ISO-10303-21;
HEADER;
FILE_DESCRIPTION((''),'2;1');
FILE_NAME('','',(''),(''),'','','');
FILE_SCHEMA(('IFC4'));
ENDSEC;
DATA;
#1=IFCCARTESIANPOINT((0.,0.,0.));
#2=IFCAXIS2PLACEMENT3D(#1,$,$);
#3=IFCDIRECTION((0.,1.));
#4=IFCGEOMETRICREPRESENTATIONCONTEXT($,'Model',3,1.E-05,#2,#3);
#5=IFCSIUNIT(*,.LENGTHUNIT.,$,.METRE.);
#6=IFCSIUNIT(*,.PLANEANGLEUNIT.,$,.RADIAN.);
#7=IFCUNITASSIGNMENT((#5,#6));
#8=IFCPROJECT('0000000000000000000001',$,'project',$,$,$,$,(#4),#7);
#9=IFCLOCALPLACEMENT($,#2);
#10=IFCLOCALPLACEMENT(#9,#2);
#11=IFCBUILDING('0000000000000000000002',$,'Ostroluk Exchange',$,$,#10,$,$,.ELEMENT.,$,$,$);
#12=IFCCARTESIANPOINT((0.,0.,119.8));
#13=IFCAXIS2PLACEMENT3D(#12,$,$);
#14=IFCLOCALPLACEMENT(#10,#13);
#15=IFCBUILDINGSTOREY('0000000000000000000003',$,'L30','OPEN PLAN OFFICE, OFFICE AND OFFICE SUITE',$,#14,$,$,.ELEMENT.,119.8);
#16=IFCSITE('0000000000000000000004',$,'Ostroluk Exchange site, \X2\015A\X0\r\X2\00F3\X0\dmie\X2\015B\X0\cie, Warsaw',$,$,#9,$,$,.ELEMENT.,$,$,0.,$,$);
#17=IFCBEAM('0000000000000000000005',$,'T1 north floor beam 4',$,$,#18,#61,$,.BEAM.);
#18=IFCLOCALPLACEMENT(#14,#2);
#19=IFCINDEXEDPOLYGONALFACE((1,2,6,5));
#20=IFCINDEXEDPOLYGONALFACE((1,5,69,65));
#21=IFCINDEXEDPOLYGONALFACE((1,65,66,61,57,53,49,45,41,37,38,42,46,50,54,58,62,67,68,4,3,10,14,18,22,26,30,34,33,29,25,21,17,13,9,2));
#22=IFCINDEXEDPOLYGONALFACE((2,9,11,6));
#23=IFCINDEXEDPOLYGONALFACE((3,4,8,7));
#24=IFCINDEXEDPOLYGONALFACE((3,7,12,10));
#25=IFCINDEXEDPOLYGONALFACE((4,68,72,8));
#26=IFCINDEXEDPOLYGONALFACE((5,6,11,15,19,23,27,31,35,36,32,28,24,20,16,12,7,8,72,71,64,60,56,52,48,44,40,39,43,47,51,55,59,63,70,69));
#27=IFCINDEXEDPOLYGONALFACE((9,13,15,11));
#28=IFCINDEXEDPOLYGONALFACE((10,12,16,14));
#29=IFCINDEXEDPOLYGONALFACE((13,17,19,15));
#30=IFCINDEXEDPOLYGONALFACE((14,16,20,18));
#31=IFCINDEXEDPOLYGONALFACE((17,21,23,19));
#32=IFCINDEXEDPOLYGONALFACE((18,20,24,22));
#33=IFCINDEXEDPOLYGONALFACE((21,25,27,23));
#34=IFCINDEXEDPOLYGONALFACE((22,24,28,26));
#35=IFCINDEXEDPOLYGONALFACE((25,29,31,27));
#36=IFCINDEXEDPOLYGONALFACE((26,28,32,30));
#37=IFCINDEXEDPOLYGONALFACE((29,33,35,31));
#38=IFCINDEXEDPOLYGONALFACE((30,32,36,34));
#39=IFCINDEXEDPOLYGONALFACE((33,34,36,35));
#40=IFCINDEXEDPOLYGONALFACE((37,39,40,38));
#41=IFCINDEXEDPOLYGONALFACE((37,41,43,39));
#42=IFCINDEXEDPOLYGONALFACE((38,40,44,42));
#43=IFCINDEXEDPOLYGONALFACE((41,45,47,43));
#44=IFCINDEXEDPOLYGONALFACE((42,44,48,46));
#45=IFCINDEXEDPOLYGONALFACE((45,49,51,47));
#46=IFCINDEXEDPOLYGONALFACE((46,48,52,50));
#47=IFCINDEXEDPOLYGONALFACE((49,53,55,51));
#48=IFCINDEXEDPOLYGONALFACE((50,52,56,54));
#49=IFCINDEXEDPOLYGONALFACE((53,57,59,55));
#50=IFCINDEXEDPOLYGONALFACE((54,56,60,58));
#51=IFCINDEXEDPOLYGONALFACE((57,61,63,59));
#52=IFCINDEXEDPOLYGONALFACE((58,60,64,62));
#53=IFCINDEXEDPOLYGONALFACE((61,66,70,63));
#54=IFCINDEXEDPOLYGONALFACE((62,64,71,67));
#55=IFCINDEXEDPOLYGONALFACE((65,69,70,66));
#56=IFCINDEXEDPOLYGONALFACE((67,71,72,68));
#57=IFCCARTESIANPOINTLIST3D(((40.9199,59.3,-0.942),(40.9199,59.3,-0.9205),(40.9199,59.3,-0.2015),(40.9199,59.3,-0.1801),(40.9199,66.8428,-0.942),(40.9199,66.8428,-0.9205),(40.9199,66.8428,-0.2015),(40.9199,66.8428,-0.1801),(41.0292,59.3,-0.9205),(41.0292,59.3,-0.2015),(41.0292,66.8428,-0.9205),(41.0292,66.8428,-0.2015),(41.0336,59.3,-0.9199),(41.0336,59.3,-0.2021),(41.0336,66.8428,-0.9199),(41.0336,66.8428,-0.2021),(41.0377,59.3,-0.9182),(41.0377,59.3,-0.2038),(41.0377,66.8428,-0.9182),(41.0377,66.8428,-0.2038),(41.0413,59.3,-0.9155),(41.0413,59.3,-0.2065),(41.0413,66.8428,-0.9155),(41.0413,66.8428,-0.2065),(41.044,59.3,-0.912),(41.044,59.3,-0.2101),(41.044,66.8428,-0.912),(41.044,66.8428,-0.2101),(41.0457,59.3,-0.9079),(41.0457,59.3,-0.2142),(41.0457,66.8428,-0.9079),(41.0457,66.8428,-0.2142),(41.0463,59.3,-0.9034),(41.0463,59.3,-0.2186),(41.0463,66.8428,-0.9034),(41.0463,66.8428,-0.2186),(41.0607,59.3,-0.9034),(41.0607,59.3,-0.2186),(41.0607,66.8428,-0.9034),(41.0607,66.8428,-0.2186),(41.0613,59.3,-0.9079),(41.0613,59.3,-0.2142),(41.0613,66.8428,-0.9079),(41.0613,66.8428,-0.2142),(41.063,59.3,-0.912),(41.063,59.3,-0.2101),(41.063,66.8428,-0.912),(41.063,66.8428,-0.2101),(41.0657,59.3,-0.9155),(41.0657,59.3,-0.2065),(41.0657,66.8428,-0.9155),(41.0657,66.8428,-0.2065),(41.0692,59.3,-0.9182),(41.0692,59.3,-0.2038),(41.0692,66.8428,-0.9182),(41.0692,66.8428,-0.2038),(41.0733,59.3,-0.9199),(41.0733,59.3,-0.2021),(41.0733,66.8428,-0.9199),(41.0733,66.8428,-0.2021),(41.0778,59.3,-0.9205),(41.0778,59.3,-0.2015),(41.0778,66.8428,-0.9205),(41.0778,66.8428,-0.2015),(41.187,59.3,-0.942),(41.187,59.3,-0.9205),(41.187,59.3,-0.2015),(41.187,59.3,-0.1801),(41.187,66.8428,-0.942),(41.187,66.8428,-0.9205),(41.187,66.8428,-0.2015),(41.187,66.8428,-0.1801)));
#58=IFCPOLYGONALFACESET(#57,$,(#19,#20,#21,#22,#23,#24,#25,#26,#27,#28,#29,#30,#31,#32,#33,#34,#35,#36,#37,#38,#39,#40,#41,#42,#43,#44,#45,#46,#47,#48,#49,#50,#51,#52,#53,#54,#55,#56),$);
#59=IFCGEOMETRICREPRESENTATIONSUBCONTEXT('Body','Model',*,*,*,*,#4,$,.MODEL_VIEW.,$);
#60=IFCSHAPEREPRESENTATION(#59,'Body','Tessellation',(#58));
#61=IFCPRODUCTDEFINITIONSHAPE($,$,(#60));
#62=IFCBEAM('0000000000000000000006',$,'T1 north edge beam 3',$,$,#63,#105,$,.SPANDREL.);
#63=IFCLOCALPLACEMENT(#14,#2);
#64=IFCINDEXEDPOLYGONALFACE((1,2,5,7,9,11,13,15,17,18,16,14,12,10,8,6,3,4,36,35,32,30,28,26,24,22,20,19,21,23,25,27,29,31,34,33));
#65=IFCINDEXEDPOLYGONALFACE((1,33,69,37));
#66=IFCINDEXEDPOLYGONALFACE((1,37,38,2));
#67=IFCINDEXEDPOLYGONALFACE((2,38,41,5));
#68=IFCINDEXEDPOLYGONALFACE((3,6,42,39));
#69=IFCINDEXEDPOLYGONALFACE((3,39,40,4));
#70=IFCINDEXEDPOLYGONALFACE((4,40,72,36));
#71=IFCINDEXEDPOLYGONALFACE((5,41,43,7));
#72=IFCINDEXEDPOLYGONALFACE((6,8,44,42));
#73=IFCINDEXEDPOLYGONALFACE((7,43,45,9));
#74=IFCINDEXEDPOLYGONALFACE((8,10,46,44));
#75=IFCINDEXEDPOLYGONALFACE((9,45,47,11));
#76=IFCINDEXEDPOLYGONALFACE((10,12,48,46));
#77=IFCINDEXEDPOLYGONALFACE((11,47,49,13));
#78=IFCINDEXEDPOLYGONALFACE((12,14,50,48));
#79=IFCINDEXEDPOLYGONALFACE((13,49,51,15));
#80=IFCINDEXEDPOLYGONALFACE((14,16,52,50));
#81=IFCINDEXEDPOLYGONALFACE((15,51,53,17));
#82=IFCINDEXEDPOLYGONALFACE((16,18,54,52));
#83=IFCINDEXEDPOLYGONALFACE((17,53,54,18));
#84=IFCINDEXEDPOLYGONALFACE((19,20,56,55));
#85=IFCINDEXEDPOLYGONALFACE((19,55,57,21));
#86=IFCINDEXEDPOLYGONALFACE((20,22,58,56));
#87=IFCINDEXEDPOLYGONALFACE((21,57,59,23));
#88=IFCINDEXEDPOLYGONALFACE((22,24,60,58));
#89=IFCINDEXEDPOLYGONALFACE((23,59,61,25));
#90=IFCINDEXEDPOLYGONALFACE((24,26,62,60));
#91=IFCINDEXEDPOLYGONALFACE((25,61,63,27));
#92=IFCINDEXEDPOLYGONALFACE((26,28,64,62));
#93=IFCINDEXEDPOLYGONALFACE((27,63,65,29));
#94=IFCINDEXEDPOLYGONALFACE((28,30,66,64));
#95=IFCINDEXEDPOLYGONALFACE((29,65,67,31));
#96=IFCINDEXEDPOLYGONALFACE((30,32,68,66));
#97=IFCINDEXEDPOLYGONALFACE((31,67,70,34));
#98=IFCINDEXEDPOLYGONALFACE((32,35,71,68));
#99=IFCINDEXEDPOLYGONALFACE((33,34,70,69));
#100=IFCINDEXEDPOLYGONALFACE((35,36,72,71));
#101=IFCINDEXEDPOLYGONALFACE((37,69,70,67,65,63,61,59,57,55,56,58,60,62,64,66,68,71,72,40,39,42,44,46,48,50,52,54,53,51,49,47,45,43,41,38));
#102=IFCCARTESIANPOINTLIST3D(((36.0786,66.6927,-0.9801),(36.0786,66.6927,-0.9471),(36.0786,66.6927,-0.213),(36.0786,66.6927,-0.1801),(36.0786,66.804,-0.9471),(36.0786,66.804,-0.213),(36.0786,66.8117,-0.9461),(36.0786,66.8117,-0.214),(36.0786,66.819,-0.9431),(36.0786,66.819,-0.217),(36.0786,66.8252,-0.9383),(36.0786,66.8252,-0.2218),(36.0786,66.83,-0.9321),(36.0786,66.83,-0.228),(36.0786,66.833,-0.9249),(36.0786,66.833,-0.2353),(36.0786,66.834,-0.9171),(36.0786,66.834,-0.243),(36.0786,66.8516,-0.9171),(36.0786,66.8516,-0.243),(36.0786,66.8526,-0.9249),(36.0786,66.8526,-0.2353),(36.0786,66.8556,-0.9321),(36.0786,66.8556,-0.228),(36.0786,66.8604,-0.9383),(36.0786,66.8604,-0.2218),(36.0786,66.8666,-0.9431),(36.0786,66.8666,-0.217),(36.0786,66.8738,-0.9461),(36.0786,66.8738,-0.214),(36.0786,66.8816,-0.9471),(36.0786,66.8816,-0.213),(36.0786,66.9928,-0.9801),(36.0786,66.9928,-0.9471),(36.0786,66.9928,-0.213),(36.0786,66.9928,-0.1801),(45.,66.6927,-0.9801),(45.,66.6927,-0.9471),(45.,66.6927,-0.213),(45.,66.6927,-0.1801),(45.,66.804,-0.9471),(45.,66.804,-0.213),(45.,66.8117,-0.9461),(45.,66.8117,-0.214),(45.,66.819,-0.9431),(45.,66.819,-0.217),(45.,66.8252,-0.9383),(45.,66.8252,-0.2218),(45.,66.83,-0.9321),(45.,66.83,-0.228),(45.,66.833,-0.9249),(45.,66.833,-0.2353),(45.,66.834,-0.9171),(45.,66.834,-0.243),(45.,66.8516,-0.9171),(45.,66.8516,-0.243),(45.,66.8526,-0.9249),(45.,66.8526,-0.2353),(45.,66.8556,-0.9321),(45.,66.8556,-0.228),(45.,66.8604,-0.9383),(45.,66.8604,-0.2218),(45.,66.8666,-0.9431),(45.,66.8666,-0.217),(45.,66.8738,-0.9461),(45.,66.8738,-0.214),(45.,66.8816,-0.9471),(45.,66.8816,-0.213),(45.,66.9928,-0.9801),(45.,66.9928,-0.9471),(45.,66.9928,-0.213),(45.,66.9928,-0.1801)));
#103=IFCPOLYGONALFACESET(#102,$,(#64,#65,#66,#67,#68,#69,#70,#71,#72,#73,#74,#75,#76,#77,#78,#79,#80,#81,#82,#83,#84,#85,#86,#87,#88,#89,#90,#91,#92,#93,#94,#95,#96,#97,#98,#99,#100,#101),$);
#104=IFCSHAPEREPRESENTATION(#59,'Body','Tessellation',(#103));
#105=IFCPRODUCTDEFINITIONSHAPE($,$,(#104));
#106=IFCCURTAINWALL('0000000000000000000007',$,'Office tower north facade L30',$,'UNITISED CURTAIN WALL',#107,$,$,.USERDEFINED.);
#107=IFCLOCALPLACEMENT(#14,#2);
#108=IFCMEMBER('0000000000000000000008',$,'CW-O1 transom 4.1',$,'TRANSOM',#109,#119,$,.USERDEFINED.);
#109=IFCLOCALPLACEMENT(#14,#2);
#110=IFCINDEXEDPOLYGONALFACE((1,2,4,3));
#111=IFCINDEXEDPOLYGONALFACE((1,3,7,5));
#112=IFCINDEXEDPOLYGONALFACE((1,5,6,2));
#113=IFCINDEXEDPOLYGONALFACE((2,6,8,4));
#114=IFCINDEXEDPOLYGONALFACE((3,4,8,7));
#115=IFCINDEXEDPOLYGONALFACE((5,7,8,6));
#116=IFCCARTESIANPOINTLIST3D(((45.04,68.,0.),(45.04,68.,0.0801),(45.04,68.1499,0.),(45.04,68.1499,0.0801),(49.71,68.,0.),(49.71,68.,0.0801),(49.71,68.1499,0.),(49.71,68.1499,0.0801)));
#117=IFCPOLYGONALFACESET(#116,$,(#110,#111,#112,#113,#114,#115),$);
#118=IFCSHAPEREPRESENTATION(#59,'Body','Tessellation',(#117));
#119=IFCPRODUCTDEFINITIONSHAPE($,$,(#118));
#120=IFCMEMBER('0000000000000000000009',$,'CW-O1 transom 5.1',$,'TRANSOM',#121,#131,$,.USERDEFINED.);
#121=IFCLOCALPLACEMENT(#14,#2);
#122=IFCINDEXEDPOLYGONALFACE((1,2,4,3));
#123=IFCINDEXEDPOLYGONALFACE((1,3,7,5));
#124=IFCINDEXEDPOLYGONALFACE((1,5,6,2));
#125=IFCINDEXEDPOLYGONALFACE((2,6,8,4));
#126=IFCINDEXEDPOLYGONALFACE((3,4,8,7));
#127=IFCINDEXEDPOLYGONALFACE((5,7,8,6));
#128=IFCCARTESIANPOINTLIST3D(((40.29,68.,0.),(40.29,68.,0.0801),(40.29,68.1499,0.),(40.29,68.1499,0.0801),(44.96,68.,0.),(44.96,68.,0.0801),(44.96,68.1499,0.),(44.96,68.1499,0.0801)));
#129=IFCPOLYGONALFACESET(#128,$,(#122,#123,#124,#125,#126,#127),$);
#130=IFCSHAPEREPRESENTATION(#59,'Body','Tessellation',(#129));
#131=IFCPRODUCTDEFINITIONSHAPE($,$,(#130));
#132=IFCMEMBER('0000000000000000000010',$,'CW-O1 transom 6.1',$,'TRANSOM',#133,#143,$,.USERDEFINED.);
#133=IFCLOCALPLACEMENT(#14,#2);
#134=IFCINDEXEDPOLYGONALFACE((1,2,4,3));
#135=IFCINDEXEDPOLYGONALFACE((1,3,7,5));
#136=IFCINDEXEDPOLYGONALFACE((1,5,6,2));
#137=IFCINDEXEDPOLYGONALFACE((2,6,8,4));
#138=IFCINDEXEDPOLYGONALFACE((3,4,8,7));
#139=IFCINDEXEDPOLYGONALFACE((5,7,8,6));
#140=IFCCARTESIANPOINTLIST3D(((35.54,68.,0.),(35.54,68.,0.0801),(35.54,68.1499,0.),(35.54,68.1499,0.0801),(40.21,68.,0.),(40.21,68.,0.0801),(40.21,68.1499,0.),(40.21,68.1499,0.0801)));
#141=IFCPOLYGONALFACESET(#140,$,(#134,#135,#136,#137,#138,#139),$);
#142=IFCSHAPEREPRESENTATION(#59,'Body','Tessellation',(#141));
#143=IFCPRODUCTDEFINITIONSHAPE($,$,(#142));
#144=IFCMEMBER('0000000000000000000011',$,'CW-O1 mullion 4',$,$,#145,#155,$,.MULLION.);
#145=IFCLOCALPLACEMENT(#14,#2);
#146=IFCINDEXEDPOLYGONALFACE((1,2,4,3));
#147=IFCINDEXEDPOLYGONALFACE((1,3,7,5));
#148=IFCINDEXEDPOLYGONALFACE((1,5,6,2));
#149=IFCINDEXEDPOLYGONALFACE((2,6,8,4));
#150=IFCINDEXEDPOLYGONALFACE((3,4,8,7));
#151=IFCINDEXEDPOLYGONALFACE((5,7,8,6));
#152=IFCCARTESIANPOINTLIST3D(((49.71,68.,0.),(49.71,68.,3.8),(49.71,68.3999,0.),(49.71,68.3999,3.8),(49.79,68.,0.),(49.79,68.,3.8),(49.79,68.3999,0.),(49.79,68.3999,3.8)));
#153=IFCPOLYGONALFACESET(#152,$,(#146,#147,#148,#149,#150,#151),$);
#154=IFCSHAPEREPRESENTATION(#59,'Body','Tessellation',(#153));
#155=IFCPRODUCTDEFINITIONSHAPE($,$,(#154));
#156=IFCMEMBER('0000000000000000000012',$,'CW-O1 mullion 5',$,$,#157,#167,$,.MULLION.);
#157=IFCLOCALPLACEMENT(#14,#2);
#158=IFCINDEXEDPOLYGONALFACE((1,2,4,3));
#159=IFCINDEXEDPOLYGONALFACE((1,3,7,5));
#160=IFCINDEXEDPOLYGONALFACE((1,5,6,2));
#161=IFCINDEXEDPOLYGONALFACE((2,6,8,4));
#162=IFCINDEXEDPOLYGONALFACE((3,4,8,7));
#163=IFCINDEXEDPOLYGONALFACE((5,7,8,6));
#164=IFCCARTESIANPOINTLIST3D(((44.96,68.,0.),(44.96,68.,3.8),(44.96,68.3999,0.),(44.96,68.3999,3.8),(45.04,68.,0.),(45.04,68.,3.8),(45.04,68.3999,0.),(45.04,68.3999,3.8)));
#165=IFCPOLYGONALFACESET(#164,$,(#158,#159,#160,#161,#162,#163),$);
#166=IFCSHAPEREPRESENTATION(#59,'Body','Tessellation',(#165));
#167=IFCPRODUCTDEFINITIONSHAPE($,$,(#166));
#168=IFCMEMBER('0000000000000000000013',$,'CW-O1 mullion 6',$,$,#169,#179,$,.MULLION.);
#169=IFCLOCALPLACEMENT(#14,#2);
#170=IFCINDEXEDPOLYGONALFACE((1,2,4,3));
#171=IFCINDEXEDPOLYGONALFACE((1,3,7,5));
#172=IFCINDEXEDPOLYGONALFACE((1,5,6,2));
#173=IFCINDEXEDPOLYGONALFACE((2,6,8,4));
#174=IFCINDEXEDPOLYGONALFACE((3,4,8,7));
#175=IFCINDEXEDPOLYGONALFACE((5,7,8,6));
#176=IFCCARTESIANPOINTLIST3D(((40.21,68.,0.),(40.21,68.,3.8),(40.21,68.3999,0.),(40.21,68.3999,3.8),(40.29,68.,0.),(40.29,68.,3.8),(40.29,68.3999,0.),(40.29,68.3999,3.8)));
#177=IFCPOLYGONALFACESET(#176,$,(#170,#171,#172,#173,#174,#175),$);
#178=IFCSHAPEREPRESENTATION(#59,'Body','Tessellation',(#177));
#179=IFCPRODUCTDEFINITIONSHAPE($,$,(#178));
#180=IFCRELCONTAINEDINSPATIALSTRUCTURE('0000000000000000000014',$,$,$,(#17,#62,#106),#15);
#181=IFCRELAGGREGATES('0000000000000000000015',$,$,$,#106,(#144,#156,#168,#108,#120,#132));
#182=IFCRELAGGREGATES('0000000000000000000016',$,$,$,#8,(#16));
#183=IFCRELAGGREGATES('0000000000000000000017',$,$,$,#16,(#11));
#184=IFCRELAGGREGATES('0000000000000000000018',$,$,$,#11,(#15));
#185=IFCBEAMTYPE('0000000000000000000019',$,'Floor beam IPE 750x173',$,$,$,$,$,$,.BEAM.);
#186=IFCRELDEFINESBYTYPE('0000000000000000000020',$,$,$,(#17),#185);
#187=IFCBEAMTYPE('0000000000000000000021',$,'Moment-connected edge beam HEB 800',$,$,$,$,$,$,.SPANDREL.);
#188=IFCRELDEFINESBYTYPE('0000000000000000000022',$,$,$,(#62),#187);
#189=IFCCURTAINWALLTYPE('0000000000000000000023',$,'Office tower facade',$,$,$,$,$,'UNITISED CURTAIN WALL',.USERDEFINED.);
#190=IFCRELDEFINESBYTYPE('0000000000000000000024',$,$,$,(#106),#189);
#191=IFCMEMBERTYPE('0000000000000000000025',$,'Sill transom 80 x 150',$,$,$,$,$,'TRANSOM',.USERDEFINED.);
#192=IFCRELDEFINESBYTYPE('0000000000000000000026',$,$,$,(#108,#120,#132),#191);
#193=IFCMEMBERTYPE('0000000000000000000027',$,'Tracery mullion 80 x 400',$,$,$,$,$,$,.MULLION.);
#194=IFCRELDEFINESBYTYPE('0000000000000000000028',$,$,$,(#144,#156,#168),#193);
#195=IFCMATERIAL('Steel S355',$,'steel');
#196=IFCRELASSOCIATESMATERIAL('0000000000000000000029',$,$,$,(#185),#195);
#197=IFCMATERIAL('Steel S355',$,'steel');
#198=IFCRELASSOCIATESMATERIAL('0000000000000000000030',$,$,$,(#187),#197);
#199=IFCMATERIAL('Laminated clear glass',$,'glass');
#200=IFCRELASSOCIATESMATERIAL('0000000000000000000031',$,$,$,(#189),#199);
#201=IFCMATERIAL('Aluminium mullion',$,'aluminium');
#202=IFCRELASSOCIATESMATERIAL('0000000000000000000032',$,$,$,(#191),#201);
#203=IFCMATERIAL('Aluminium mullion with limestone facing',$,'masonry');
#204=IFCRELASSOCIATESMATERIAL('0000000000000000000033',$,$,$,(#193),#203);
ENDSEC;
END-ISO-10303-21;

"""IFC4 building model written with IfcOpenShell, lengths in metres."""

from ifc_helpers import new_model, si_unit, direction, frame, origin, origin_2d, place, context, subcontext, project, spatial, rectangle, i_section, extrude, material, material_profile, profile_set, type_object, element, aggregate, save


model = new_model("IFC4")

# Units and contexts
model_context = context("Model", 3, precision=1e-05, world=origin(), true_north=direction((0.0, 1.0)))
body_context = subcontext(model_context, "Body", "Model", "MODEL_VIEW")
ifc_project = project(units=[si_unit("LENGTHUNIT", "METRE"), si_unit("PLANEANGLEUNIT", "RADIAN")], contexts=[model_context])

# Site, building, storey
site_placement = place(None, origin())
site = spatial("IfcSite", under=ifc_project, at=site_placement, Name="Ostroluk Exchange site, Śródmieście, Warsaw", CompositionType="ELEMENT", RefElevation=0.0)
building_placement = place(site_placement, origin())
building = spatial("IfcBuilding", under=site, at=building_placement, Name="Ostroluk Exchange", CompositionType="ELEMENT")
storey_placement = place(building_placement, frame((0.0, 0.0, 119.8)))
storey = spatial("IfcBuildingStorey", under=building, at=storey_placement, Name="L30", Description="OPEN PLAN OFFICE, OFFICE AND OFFICE SUITE", CompositionType="ELEMENT", Elevation=119.8)

# Beams
ifc_material_1 = material(Name="Steel S355", Category="steel")
ifc_material_profile_1 = material_profile(ifc_material_1, i_section(OverallWidth=0.2671, OverallDepth=0.762, WebThickness=0.0144, FlangeThickness=0.0215, FilletRadius=0.0171, at=origin_2d()), Name="IPE 750x173")
ifc_profile_set_1 = profile_set([ifc_material_profile_1], Name="Steel S355")
beam_type_1 = type_object("IfcBeamType", Name="Floor beam IPE 750x173", PredefinedType="BEAM", material=ifc_profile_set_1)
for number, where, z_axis, x_axis, name in (
    (1, (41.0535, 59.3, -0.561), (0.0, 1.0, 0.0), (-1.0, 0.0, 0.0), "T1 north floor beam 4"),
):
    element("IfcBeam", number, at=place(storey_placement, frame(where, z_axis=z_axis, x_axis=x_axis)), inside=storey, type_object=beam_type_1, Name=name, PredefinedType="BEAM", context=body_context, shape_type="SweptSolid", body=[
        extrude(i_section(OverallWidth=0.2671, OverallDepth=0.762, WebThickness=0.0144, FlangeThickness=0.0215, FilletRadius=0.0171, at=origin_2d()), origin(), (0.0, 0.0, 1.0), 7.5427),
    ])
ifc_material_2 = material(Name="Steel S355", Category="steel")
ifc_material_profile_2 = material_profile(ifc_material_2, i_section(OverallWidth=0.3, OverallDepth=0.8, WebThickness=0.0176, FlangeThickness=0.033, FilletRadius=0.03, at=origin_2d()), Name="HEB 800")
ifc_profile_set_2 = profile_set([ifc_material_profile_2], Name="Steel S355")
beam_type_2 = type_object("IfcBeamType", Name="Moment-connected edge beam HEB 800", PredefinedType="SPANDREL", material=ifc_profile_set_2)
beam_placement = place(storey_placement, frame((45.0, 66.8428, -0.5801), z_axis=(-1.0, 0.0, 0.0), x_axis=(0.0, -1.0, 0.0)))
element("IfcBeam", 2, at=beam_placement, inside=storey, type_object=beam_type_2, Name="T1 north edge beam 3", PredefinedType="SPANDREL", context=body_context, shape_type="SweptSolid", body=[
    extrude(i_section(OverallWidth=0.3, OverallDepth=0.8, WebThickness=0.0176, FlangeThickness=0.033, FilletRadius=0.03, at=origin_2d()), origin(), (0.0, 0.0, 1.0), 8.9214),
])

# Curtain wall, members
ifc_material_3 = material(Name="Laminated clear glass", Category="glass")
curtain_wall_type = type_object("IfcCurtainWallType", Name="Office tower facade", ElementType="UNITISED CURTAIN WALL", PredefinedType="USERDEFINED", material=ifc_material_3)
curtain_wall_placement = place(storey_placement, origin())
curtain_wall = element("IfcCurtainWall", 3, at=curtain_wall_placement, inside=storey, type_object=curtain_wall_type, Name="Office tower north facade L30", ObjectType="UNITISED CURTAIN WALL", PredefinedType="USERDEFINED")
ifc_material_4 = material(Name="Aluminium mullion", Category="aluminium")
ifc_material_profile_3 = material_profile(ifc_material_4, rectangle(XDim=0.1499, YDim=0.0801, at=origin_2d()), Name="Sill transom 80 x 150")
ifc_profile_set_3 = profile_set([ifc_material_profile_3], Name="Aluminium mullion")
member_type_1 = type_object("IfcMemberType", Name="Sill transom 80 x 150", ElementType="TRANSOM", PredefinedType="USERDEFINED", material=ifc_profile_set_3)
member_1_placement = place(storey_placement, frame((49.71, 68.075, 0.04), z_axis=(-1.0, 0.0, 0.0), x_axis=(0.0, -1.0, 0.0)))
member_1 = element("IfcMember", 4, at=member_1_placement, type_object=member_type_1, Name="CW-O1 transom 4.1", ObjectType="TRANSOM", PredefinedType="USERDEFINED", context=body_context, shape_type="SweptSolid", body=[
    extrude(rectangle(XDim=0.1499, YDim=0.0801, at=origin_2d()), origin(), (0.0, 0.0, 1.0), 4.6699),
])
member_2_placement = place(storey_placement, frame((44.96, 68.075, 0.04), z_axis=(-1.0, 0.0, 0.0), x_axis=(0.0, -1.0, 0.0)))
member_2 = element("IfcMember", 5, at=member_2_placement, type_object=member_type_1, Name="CW-O1 transom 5.1", ObjectType="TRANSOM", PredefinedType="USERDEFINED", context=body_context, shape_type="SweptSolid", body=[
    extrude(rectangle(XDim=0.1499, YDim=0.0801, at=origin_2d()), origin(), (0.0, 0.0, 1.0), 4.6699),
])
member_3_placement = place(storey_placement, frame((40.21, 68.075, 0.04), z_axis=(-1.0, 0.0, 0.0), x_axis=(0.0, -1.0, 0.0)))
member_3 = element("IfcMember", 6, at=member_3_placement, type_object=member_type_1, Name="CW-O1 transom 6.1", ObjectType="TRANSOM", PredefinedType="USERDEFINED", context=body_context, shape_type="SweptSolid", body=[
    extrude(rectangle(XDim=0.1499, YDim=0.0801, at=origin_2d()), origin(), (0.0, 0.0, 1.0), 4.6699),
])
ifc_material_5 = material(Name="Aluminium mullion with limestone facing", Category="masonry")
ifc_material_profile_4 = material_profile(ifc_material_5, rectangle(XDim=0.3999, YDim=0.0801, at=origin_2d()), Name="Tracery mullion 80 x 400")
ifc_profile_set_4 = profile_set([ifc_material_profile_4], Name="Aluminium mullion with limestone facing")
member_type_2 = type_object("IfcMemberType", Name="Tracery mullion 80 x 400", PredefinedType="MULLION", material=ifc_profile_set_4)
member_4_placement = place(storey_placement, frame((49.75, 68.2, 0.0), z_axis=(0.0, 0.0, 1.0), x_axis=(0.0, -1.0, 0.0)))
member_4 = element("IfcMember", 7, at=member_4_placement, type_object=member_type_2, Name="CW-O1 mullion 4", PredefinedType="MULLION", context=body_context, shape_type="SweptSolid", body=[
    extrude(rectangle(XDim=0.3999, YDim=0.0801, at=origin_2d()), origin(), (0.0, 0.0, 1.0), 3.8),
])
member_5_placement = place(storey_placement, frame((45.0, 68.2, 0.0), z_axis=(0.0, 0.0, 1.0), x_axis=(0.0, -1.0, 0.0)))
member_5 = element("IfcMember", 8, at=member_5_placement, type_object=member_type_2, Name="CW-O1 mullion 5", PredefinedType="MULLION", context=body_context, shape_type="SweptSolid", body=[
    extrude(rectangle(XDim=0.3999, YDim=0.0801, at=origin_2d()), origin(), (0.0, 0.0, 1.0), 3.8),
])
member_6_placement = place(storey_placement, frame((40.25, 68.2, 0.0), z_axis=(0.0, 0.0, 1.0), x_axis=(0.0, -1.0, 0.0)))
member_6 = element("IfcMember", 9, at=member_6_placement, type_object=member_type_2, Name="CW-O1 mullion 6", PredefinedType="MULLION", context=body_context, shape_type="SweptSolid", body=[
    extrude(rectangle(XDim=0.3999, YDim=0.0801, at=origin_2d()), origin(), (0.0, 0.0, 1.0), 3.8),
])
aggregate(curtain_wall, [member_4, member_5, member_6, member_1, member_2, member_3])

save(model, "model.ifc")
